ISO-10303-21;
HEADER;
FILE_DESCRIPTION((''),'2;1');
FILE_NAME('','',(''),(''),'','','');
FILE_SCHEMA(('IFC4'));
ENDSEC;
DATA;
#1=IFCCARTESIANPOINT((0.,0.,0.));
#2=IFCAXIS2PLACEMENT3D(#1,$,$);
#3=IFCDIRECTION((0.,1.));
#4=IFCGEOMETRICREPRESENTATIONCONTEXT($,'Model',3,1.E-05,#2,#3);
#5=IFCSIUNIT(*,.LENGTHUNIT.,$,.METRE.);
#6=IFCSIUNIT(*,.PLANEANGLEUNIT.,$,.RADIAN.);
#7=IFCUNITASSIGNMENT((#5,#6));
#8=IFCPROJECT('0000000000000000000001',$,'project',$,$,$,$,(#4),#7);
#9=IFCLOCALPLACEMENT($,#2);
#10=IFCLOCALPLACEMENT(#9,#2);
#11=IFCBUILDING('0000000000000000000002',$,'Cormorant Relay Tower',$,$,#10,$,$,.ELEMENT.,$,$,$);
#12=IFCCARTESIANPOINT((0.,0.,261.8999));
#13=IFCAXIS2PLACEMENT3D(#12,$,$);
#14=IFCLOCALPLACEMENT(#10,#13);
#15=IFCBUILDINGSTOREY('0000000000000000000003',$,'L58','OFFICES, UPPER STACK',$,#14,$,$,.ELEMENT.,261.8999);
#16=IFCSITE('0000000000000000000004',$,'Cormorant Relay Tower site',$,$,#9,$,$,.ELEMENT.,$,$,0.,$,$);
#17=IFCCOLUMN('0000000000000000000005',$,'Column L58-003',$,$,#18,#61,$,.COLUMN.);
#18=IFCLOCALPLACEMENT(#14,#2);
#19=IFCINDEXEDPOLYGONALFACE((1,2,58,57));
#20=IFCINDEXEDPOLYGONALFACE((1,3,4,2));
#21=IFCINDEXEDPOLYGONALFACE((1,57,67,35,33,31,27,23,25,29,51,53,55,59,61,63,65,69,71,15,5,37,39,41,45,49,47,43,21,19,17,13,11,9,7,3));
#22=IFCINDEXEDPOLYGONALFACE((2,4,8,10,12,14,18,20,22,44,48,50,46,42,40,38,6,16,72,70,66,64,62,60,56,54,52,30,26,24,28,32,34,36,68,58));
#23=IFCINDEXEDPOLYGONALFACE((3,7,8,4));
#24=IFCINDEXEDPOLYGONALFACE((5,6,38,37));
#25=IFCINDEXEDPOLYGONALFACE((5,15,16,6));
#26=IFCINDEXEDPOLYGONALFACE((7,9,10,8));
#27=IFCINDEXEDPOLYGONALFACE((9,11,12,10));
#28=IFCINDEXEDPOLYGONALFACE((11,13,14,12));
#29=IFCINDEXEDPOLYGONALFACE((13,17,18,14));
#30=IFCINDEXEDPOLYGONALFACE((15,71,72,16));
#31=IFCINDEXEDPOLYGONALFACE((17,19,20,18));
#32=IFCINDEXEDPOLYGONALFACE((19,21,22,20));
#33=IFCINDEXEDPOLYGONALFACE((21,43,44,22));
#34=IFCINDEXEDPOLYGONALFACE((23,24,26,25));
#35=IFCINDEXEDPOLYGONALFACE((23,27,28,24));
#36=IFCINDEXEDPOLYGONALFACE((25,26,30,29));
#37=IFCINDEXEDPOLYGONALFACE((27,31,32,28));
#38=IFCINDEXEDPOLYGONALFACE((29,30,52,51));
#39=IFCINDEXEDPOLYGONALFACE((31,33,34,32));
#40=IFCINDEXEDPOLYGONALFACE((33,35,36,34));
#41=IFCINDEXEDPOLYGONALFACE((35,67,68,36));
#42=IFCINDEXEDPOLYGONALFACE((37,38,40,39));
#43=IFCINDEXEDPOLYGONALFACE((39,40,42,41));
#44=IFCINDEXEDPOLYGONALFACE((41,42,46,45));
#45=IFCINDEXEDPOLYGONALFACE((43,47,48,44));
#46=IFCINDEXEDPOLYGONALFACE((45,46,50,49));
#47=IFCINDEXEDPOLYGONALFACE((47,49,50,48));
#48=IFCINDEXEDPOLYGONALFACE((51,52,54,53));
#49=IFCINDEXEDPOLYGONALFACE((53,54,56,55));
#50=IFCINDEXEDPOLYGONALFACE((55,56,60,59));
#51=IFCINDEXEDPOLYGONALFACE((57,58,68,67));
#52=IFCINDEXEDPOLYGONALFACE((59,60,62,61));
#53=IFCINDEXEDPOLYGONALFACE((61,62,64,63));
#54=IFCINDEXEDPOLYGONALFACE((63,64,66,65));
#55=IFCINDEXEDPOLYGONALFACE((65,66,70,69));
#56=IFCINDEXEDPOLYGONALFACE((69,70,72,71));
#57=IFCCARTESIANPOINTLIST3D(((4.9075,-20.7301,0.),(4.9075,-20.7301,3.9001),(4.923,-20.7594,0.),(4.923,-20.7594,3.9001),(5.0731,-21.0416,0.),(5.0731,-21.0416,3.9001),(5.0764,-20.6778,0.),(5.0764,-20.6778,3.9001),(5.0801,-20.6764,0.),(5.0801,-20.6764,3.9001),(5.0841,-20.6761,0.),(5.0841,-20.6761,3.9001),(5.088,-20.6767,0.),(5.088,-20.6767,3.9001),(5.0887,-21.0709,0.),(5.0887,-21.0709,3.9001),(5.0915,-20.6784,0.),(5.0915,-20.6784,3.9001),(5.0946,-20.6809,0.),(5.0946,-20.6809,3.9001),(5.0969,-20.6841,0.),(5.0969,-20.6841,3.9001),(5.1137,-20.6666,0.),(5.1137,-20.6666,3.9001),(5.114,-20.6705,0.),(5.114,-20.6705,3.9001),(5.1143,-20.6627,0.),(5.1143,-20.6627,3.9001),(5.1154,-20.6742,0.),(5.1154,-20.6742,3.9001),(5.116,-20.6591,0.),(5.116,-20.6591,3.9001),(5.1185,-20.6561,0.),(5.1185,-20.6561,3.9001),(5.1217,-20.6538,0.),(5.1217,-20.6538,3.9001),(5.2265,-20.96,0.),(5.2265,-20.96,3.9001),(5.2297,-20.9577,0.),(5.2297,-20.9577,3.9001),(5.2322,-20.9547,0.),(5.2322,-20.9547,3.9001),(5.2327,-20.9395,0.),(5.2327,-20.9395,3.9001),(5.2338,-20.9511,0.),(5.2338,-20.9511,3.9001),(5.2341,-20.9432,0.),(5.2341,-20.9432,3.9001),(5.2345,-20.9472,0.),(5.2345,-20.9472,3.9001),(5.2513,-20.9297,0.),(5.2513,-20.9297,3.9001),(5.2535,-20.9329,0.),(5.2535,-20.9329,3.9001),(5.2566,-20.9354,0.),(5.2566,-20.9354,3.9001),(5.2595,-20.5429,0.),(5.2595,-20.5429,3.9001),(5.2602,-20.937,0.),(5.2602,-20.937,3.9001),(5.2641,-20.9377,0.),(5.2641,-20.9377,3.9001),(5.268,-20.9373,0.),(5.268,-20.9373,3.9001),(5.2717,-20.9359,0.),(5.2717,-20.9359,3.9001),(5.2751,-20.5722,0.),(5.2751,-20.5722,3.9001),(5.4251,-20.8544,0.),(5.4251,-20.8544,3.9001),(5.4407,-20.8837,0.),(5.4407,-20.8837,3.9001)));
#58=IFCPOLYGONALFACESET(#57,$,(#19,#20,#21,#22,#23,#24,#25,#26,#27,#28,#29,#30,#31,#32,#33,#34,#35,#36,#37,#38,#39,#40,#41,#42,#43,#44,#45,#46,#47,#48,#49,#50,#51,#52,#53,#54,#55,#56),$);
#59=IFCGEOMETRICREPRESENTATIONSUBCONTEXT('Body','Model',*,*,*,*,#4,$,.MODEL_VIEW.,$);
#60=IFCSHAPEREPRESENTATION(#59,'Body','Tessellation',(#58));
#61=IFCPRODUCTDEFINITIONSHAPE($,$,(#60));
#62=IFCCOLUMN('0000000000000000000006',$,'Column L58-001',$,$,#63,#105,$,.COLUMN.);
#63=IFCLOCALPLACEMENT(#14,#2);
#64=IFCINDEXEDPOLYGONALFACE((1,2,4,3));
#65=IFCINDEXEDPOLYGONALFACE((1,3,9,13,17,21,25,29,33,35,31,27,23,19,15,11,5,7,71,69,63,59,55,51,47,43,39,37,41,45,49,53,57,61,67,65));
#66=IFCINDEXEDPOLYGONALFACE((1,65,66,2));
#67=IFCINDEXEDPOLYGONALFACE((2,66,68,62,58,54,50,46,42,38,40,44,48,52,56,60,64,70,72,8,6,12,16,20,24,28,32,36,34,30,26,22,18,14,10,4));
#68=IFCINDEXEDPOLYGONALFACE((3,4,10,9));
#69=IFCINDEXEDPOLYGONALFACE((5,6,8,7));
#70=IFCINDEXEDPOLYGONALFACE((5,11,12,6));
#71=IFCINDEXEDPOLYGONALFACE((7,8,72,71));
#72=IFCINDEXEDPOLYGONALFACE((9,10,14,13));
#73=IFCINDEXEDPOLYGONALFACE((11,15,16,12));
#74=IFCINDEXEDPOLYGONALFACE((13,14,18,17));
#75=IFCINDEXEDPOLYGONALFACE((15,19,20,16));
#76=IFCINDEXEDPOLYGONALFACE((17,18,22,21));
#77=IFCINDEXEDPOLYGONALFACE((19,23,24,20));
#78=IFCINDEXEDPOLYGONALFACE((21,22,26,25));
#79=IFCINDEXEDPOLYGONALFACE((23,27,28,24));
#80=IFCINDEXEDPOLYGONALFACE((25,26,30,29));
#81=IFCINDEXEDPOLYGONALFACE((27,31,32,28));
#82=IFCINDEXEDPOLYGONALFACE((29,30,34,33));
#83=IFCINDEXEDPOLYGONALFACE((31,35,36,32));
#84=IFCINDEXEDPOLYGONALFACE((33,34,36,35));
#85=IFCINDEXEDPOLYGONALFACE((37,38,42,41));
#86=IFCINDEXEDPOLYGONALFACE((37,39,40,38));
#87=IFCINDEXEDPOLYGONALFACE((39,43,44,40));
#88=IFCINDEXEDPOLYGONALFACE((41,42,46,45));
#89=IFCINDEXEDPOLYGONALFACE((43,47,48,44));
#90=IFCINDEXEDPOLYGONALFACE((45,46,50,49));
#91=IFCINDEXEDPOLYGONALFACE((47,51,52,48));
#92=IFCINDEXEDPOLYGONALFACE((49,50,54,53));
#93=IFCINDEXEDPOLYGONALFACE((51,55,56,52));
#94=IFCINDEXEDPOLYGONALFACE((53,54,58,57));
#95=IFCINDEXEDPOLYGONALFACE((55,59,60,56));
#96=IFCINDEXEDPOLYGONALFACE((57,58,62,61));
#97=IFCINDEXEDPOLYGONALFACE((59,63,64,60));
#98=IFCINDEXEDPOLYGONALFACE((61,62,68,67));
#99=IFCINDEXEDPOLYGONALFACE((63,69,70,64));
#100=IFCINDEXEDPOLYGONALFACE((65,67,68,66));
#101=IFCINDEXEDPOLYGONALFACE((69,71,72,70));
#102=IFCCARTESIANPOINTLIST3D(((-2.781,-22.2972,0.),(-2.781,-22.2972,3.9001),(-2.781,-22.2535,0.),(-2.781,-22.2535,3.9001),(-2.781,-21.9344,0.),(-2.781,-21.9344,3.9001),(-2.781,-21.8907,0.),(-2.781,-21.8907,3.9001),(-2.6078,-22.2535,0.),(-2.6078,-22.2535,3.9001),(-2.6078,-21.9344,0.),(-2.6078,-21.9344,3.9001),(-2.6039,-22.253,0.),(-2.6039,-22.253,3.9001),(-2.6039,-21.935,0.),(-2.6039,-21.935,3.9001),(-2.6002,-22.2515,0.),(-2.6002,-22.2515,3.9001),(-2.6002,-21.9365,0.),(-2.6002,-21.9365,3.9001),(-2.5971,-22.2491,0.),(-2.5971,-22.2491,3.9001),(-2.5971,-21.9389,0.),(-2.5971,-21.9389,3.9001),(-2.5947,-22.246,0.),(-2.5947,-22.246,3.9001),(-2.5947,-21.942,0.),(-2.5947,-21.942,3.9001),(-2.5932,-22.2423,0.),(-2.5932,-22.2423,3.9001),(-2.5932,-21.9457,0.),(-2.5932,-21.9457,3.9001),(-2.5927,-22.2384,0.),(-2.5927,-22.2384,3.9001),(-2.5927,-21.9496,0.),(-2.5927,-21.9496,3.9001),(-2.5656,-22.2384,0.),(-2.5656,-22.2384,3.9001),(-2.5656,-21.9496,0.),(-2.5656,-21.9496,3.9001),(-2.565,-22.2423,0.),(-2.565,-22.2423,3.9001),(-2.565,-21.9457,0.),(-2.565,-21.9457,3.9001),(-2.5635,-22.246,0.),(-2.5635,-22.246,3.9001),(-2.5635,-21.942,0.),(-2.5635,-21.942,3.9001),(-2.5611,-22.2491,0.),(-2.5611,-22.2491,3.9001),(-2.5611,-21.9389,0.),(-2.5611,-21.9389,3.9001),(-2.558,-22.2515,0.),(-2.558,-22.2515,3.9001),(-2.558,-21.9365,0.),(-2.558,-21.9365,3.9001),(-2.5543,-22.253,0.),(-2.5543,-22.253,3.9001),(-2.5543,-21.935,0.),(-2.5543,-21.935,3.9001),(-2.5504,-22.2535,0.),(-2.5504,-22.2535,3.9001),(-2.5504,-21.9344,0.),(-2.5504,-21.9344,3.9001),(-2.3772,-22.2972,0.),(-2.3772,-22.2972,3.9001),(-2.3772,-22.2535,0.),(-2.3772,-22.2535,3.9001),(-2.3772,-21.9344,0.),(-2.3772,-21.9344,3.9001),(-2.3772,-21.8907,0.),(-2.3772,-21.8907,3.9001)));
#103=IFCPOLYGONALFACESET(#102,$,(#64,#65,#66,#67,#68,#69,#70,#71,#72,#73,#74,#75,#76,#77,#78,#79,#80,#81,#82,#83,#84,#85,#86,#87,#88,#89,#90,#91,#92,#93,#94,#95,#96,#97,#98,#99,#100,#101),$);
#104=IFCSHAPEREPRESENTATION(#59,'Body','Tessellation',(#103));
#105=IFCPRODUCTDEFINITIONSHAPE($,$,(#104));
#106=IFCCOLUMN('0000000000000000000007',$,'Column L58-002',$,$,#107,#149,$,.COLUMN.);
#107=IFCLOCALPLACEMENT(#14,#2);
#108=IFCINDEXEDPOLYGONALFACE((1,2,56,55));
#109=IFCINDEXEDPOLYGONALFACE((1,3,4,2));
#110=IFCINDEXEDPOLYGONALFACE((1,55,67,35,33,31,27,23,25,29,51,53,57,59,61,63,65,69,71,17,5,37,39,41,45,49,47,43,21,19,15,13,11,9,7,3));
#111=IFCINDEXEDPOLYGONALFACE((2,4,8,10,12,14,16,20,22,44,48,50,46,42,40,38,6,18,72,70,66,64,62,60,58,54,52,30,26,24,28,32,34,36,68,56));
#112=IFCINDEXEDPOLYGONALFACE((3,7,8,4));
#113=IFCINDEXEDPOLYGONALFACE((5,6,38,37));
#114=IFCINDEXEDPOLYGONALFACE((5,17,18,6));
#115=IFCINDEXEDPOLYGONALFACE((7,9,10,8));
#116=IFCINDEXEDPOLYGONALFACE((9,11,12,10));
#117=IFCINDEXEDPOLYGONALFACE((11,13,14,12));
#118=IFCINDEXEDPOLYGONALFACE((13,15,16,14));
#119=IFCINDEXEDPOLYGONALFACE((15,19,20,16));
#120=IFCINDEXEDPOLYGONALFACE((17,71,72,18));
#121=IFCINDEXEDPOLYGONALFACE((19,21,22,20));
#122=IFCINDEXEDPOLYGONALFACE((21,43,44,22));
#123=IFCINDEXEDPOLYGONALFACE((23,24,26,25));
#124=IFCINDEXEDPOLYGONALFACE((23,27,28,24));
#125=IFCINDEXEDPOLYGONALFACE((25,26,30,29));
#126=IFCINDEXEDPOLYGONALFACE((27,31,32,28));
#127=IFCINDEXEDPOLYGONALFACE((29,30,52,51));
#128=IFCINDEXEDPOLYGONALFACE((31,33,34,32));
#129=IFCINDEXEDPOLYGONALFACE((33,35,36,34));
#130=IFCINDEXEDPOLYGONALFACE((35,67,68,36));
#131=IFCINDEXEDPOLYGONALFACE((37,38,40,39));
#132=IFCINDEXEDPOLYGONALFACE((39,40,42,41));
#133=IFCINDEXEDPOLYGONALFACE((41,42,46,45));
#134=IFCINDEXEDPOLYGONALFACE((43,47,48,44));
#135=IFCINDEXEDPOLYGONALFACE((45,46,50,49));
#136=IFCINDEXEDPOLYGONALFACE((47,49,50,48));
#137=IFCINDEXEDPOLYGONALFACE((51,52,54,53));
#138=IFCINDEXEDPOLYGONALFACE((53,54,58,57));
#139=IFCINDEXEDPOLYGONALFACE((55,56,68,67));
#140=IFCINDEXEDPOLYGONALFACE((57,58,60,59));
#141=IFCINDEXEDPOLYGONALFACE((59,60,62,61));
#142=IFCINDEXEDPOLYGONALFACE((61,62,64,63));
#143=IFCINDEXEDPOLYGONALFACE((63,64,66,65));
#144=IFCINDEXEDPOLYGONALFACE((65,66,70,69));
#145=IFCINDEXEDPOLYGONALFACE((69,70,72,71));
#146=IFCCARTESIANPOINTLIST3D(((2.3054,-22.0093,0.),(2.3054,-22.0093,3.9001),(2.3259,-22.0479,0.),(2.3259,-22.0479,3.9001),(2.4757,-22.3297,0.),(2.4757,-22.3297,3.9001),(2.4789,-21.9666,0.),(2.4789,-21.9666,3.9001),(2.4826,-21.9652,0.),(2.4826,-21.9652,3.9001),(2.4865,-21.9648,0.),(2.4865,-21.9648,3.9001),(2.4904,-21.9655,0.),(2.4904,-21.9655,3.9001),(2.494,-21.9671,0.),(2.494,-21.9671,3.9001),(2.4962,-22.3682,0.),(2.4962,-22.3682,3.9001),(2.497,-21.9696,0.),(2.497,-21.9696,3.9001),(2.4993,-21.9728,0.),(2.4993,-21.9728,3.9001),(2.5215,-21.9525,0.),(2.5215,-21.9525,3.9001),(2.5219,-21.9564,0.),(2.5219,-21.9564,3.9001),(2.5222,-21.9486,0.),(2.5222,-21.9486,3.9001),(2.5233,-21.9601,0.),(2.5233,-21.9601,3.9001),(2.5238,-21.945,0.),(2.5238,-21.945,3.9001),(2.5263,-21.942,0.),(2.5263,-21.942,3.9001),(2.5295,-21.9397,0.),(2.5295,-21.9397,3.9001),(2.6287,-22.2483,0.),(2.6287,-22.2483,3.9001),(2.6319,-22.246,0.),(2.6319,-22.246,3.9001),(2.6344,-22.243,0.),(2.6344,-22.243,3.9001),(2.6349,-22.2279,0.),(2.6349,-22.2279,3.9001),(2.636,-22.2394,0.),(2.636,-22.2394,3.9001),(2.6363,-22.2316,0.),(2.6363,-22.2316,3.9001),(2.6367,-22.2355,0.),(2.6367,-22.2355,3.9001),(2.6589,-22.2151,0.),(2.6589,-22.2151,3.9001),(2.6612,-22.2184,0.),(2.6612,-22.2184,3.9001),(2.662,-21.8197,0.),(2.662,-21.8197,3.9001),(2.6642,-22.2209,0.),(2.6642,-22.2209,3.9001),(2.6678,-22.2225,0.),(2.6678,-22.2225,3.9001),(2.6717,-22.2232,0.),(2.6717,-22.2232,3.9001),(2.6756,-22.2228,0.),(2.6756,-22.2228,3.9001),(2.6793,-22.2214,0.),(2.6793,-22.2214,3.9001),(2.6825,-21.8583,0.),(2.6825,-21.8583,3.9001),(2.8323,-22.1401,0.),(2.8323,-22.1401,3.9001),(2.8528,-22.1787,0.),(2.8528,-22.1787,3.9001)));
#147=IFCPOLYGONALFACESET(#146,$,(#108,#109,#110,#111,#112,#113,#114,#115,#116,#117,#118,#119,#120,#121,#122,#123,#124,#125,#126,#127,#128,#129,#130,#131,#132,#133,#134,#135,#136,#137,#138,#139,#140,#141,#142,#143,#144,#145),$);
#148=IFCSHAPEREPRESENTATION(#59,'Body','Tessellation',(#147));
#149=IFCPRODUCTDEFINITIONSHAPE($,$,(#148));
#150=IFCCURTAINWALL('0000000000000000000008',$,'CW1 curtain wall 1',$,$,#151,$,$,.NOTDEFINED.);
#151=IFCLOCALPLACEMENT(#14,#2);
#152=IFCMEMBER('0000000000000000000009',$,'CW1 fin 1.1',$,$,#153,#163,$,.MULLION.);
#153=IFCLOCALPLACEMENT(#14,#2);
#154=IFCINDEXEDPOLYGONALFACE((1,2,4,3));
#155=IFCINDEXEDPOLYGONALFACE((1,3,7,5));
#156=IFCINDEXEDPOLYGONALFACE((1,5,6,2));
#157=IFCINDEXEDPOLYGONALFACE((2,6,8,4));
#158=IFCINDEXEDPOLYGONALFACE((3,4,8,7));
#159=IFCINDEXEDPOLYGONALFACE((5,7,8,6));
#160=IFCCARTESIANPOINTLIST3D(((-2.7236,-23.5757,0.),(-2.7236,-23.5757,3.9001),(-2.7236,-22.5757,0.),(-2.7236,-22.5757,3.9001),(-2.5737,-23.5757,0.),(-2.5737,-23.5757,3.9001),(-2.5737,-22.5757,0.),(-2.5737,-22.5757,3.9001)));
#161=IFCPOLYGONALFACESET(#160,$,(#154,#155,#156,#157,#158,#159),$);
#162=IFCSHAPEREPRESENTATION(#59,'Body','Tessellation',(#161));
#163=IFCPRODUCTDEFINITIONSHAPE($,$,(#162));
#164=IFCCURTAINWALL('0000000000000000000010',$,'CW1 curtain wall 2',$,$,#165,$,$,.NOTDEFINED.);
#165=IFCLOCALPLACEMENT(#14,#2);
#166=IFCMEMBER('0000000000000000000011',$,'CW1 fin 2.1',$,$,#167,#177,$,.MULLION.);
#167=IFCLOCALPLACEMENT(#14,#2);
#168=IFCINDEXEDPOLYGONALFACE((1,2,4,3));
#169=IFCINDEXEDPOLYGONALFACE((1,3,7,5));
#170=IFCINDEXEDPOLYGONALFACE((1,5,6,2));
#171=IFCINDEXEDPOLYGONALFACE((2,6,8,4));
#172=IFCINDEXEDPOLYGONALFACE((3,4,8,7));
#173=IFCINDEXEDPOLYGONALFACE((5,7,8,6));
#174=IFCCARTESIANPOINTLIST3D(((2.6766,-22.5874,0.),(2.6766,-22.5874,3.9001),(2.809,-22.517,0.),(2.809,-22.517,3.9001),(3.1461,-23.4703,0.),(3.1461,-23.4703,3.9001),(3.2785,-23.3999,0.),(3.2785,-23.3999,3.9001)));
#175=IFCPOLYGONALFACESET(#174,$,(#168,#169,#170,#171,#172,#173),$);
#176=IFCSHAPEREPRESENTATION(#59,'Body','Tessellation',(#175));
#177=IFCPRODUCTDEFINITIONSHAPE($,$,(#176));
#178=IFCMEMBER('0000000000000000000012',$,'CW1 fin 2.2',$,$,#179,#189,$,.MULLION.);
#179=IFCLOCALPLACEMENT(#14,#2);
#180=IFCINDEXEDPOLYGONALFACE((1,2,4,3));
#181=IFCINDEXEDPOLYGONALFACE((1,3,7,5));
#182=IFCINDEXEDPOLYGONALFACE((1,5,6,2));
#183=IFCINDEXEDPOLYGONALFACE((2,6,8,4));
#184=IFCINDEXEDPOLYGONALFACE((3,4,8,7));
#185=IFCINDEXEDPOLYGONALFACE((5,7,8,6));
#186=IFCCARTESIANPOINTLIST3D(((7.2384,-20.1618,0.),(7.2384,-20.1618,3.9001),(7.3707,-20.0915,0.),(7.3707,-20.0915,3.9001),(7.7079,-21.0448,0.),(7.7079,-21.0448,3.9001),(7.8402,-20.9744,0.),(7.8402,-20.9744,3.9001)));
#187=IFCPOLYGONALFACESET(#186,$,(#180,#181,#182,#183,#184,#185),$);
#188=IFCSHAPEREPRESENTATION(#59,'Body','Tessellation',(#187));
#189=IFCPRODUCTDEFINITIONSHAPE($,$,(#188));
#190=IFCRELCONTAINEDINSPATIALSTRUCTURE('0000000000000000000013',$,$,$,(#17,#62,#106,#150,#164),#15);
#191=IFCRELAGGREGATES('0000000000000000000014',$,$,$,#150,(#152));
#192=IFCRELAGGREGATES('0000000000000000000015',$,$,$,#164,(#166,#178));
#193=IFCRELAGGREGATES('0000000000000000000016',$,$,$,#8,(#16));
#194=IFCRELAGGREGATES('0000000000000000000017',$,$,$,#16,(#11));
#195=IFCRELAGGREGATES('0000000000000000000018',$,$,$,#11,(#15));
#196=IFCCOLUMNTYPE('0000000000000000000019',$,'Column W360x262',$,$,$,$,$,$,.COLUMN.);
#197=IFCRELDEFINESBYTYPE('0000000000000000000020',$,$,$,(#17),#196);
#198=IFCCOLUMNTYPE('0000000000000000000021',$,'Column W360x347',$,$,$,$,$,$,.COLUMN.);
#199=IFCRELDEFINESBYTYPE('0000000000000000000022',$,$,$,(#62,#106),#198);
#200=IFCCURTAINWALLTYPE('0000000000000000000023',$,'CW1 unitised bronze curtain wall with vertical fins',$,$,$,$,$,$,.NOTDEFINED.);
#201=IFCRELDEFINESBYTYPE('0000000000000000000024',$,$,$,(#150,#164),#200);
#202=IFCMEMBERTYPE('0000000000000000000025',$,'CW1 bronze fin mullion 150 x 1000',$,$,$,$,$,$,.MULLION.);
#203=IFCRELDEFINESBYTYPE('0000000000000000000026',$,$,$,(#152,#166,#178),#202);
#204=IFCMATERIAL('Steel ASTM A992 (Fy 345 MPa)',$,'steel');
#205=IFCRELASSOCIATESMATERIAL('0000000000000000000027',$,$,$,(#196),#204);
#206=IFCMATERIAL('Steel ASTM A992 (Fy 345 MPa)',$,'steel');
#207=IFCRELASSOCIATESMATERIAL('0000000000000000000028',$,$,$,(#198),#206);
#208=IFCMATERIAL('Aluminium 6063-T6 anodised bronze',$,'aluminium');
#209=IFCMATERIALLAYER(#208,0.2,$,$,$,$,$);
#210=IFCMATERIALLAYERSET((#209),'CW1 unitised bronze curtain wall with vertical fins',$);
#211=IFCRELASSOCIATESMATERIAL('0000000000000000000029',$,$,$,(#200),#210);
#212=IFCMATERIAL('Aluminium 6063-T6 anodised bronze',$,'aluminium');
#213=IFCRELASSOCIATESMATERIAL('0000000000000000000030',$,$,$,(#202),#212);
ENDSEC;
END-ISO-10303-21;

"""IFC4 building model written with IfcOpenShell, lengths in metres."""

from ifc_helpers import new_model, si_unit, direction, frame, origin, origin_2d, place, context, subcontext, project, spatial, rectangle, i_section, extrude, material, layer, layer_set, material_profile, profile_set, type_object, element, aggregate, save


model = new_model("IFC4")

# Units and contexts
model_context = context("Model", 3, precision=1e-05, world=origin(), true_north=direction((0.0, 1.0)))
body_context = subcontext(model_context, "Body", "Model", "MODEL_VIEW")
ifc_project = project(units=[si_unit("LENGTHUNIT", "METRE"), si_unit("PLANEANGLEUNIT", "RADIAN")], contexts=[model_context])

# Site, building, storey
site_placement = place(None, origin())
site = spatial("IfcSite", under=ifc_project, at=site_placement, Name="Cormorant Relay Tower site", CompositionType="ELEMENT", RefElevation=0.0)
building_placement = place(site_placement, origin())
building = spatial("IfcBuilding", under=site, at=building_placement, Name="Cormorant Relay Tower", CompositionType="ELEMENT")
storey_placement = place(building_placement, frame((0.0, 0.0, 261.8999)))
storey = spatial("IfcBuildingStorey", under=building, at=storey_placement, Name="L58", Description="OFFICES, UPPER STACK", CompositionType="ELEMENT", Elevation=261.8999)

# Columns
ifc_material_1 = material(Name="Steel ASTM A992 (Fy 345 MPa)", Category="steel")
ifc_material_profile_1 = material_profile(ifc_material_1, i_section(OverallWidth=0.3987, OverallDepth=0.386, WebThickness=0.021, FlangeThickness=0.0332, FilletRadius=0.0151, at=origin_2d()), Name="W360x262")
ifc_profile_set_1 = profile_set([ifc_material_profile_1], Name="Steel ASTM A992 (Fy 345 MPa)")
column_type_1 = type_object("IfcColumnType", Name="Column W360x262", PredefinedType="COLUMN", material=ifc_profile_set_1)
column_placement = place(storey_placement, frame((5.1741, -20.8069, 0.0), z_axis=(0.0, 0.0, 1.0), x_axis=(0.882948, 0.469472, 0.0)))
element("IfcColumn", 1, at=column_placement, inside=storey, type_object=column_type_1, Name="Column L58-003", PredefinedType="COLUMN", context=body_context, shape_type="SweptSolid", body=[
    extrude(i_section(OverallWidth=0.3987, OverallDepth=0.386, WebThickness=0.021, FlangeThickness=0.0332, FilletRadius=0.0151, at=origin_2d()), origin(), (0.0, 0.0, 1.0), 3.9001),
])
ifc_material_2 = material(Name="Steel ASTM A992 (Fy 345 MPa)", Category="steel")
ifc_material_profile_2 = material_profile(ifc_material_2, i_section(OverallWidth=0.4038, OverallDepth=0.4065, WebThickness=0.0271, FlangeThickness=0.0437, FilletRadius=0.0151, at=origin_2d()), Name="W360x347")
ifc_profile_set_2 = profile_set([ifc_material_profile_2], Name="Steel ASTM A992 (Fy 345 MPa)")
column_type_2 = type_object("IfcColumnType", Name="Column W360x347", PredefinedType="COLUMN", material=ifc_profile_set_2)
for number, where, z_axis, x_axis, name in (
    (2, (-2.5791, -22.094, 0.0), (0.0, 0.0, 1.0), (1.0, 0.0, 0.0), "Column L58-001"),
    (3, (2.5791, -22.094, 0.0), (0.0, 0.0, 1.0), (0.882948, 0.469472, 0.0), "Column L58-002"),
):
    element("IfcColumn", number, at=place(storey_placement, frame(where, z_axis=z_axis, x_axis=x_axis)), inside=storey, type_object=column_type_2, Name=name, PredefinedType="COLUMN", context=body_context, shape_type="SweptSolid", body=[
        extrude(i_section(OverallWidth=0.4038, OverallDepth=0.4065, WebThickness=0.0271, FlangeThickness=0.0437, FilletRadius=0.0151, at=origin_2d()), origin(), (0.0, 0.0, 1.0), 3.9001),
    ])

# Curtain wall, member
ifc_material_3 = material(Name="Aluminium 6063-T6 anodised bronze", Category="aluminium")
ifc_layer_1 = layer(ifc_material_3, 0.2)
ifc_layer_set_1 = layer_set([ifc_layer_1], Name="CW1 unitised bronze curtain wall with vertical fins")
curtain_wall_type = type_object("IfcCurtainWallType", Name="CW1 unitised bronze curtain wall with vertical fins", PredefinedType="NOTDEFINED", material=ifc_layer_set_1)
curtain_wall_1_placement = place(storey_placement, origin())
curtain_wall_1 = element("IfcCurtainWall", 4, at=curtain_wall_1_placement, inside=storey, type_object=curtain_wall_type, Name="CW1 curtain wall 1", PredefinedType="NOTDEFINED")
ifc_material_4 = material(Name="Aluminium 6063-T6 anodised bronze", Category="aluminium")
ifc_material_profile_3 = material_profile(ifc_material_4, rectangle(XDim=0.1499, YDim=1.0, at=origin_2d()), Name="AL 150x1000")
ifc_profile_set_3 = profile_set([ifc_material_profile_3], Name="Aluminium 6063-T6 anodised bronze")
member_type_1 = type_object("IfcMemberType", Name="CW1 bronze fin mullion 150 x 1000", PredefinedType="MULLION", material=ifc_profile_set_3)
member_1_placement = place(storey_placement, frame((-2.6487, -23.0757, 0.0), z_axis=(0.0, 0.0, 1.0), x_axis=(1.0, 0.0, 0.0)))
member_1 = element("IfcMember", 5, at=member_1_placement, type_object=member_type_1, Name="CW1 fin 1.1", PredefinedType="MULLION", context=body_context, shape_type="SweptSolid", body=[
    extrude(rectangle(XDim=0.1499, YDim=1.0, at=origin_2d()), origin(), (0.0, 0.0, 1.0), 3.9001),
])

# Curtain wall, members
curtain_wall_2_placement = place(storey_placement, origin())
curtain_wall_2 = element("IfcCurtainWall", 6, at=curtain_wall_2_placement, inside=storey, type_object=curtain_wall_type, Name="CW1 curtain wall 2", PredefinedType="NOTDEFINED")
member_2_placement = place(storey_placement, frame((2.9775, -22.9937, 0.0), z_axis=(0.0, 0.0, 1.0), x_axis=(0.882948, 0.469472, 0.0)))
member_2 = element("IfcMember", 7, at=member_2_placement, type_object=member_type_1, Name="CW1 fin 2.1", PredefinedType="MULLION", context=body_context, shape_type="SweptSolid", body=[
    extrude(rectangle(XDim=0.1499, YDim=1.0, at=origin_2d()), origin(), (0.0, 0.0, 1.0), 3.9001),
])
member_3_placement = place(storey_placement, frame((7.5393, -20.5681, 0.0), z_axis=(0.0, 0.0, 1.0), x_axis=(0.882948, 0.469472, 0.0)))
member_3 = element("IfcMember", 8, at=member_3_placement, type_object=member_type_1, Name="CW1 fin 2.2", PredefinedType="MULLION", context=body_context, shape_type="SweptSolid", body=[
    extrude(rectangle(XDim=0.1499, YDim=1.0, at=origin_2d()), origin(), (0.0, 0.0, 1.0), 3.9001),
])

aggregate(curtain_wall_1, [member_1])

aggregate(curtain_wall_2, [member_2, member_3])

save(model, "model.ifc")
